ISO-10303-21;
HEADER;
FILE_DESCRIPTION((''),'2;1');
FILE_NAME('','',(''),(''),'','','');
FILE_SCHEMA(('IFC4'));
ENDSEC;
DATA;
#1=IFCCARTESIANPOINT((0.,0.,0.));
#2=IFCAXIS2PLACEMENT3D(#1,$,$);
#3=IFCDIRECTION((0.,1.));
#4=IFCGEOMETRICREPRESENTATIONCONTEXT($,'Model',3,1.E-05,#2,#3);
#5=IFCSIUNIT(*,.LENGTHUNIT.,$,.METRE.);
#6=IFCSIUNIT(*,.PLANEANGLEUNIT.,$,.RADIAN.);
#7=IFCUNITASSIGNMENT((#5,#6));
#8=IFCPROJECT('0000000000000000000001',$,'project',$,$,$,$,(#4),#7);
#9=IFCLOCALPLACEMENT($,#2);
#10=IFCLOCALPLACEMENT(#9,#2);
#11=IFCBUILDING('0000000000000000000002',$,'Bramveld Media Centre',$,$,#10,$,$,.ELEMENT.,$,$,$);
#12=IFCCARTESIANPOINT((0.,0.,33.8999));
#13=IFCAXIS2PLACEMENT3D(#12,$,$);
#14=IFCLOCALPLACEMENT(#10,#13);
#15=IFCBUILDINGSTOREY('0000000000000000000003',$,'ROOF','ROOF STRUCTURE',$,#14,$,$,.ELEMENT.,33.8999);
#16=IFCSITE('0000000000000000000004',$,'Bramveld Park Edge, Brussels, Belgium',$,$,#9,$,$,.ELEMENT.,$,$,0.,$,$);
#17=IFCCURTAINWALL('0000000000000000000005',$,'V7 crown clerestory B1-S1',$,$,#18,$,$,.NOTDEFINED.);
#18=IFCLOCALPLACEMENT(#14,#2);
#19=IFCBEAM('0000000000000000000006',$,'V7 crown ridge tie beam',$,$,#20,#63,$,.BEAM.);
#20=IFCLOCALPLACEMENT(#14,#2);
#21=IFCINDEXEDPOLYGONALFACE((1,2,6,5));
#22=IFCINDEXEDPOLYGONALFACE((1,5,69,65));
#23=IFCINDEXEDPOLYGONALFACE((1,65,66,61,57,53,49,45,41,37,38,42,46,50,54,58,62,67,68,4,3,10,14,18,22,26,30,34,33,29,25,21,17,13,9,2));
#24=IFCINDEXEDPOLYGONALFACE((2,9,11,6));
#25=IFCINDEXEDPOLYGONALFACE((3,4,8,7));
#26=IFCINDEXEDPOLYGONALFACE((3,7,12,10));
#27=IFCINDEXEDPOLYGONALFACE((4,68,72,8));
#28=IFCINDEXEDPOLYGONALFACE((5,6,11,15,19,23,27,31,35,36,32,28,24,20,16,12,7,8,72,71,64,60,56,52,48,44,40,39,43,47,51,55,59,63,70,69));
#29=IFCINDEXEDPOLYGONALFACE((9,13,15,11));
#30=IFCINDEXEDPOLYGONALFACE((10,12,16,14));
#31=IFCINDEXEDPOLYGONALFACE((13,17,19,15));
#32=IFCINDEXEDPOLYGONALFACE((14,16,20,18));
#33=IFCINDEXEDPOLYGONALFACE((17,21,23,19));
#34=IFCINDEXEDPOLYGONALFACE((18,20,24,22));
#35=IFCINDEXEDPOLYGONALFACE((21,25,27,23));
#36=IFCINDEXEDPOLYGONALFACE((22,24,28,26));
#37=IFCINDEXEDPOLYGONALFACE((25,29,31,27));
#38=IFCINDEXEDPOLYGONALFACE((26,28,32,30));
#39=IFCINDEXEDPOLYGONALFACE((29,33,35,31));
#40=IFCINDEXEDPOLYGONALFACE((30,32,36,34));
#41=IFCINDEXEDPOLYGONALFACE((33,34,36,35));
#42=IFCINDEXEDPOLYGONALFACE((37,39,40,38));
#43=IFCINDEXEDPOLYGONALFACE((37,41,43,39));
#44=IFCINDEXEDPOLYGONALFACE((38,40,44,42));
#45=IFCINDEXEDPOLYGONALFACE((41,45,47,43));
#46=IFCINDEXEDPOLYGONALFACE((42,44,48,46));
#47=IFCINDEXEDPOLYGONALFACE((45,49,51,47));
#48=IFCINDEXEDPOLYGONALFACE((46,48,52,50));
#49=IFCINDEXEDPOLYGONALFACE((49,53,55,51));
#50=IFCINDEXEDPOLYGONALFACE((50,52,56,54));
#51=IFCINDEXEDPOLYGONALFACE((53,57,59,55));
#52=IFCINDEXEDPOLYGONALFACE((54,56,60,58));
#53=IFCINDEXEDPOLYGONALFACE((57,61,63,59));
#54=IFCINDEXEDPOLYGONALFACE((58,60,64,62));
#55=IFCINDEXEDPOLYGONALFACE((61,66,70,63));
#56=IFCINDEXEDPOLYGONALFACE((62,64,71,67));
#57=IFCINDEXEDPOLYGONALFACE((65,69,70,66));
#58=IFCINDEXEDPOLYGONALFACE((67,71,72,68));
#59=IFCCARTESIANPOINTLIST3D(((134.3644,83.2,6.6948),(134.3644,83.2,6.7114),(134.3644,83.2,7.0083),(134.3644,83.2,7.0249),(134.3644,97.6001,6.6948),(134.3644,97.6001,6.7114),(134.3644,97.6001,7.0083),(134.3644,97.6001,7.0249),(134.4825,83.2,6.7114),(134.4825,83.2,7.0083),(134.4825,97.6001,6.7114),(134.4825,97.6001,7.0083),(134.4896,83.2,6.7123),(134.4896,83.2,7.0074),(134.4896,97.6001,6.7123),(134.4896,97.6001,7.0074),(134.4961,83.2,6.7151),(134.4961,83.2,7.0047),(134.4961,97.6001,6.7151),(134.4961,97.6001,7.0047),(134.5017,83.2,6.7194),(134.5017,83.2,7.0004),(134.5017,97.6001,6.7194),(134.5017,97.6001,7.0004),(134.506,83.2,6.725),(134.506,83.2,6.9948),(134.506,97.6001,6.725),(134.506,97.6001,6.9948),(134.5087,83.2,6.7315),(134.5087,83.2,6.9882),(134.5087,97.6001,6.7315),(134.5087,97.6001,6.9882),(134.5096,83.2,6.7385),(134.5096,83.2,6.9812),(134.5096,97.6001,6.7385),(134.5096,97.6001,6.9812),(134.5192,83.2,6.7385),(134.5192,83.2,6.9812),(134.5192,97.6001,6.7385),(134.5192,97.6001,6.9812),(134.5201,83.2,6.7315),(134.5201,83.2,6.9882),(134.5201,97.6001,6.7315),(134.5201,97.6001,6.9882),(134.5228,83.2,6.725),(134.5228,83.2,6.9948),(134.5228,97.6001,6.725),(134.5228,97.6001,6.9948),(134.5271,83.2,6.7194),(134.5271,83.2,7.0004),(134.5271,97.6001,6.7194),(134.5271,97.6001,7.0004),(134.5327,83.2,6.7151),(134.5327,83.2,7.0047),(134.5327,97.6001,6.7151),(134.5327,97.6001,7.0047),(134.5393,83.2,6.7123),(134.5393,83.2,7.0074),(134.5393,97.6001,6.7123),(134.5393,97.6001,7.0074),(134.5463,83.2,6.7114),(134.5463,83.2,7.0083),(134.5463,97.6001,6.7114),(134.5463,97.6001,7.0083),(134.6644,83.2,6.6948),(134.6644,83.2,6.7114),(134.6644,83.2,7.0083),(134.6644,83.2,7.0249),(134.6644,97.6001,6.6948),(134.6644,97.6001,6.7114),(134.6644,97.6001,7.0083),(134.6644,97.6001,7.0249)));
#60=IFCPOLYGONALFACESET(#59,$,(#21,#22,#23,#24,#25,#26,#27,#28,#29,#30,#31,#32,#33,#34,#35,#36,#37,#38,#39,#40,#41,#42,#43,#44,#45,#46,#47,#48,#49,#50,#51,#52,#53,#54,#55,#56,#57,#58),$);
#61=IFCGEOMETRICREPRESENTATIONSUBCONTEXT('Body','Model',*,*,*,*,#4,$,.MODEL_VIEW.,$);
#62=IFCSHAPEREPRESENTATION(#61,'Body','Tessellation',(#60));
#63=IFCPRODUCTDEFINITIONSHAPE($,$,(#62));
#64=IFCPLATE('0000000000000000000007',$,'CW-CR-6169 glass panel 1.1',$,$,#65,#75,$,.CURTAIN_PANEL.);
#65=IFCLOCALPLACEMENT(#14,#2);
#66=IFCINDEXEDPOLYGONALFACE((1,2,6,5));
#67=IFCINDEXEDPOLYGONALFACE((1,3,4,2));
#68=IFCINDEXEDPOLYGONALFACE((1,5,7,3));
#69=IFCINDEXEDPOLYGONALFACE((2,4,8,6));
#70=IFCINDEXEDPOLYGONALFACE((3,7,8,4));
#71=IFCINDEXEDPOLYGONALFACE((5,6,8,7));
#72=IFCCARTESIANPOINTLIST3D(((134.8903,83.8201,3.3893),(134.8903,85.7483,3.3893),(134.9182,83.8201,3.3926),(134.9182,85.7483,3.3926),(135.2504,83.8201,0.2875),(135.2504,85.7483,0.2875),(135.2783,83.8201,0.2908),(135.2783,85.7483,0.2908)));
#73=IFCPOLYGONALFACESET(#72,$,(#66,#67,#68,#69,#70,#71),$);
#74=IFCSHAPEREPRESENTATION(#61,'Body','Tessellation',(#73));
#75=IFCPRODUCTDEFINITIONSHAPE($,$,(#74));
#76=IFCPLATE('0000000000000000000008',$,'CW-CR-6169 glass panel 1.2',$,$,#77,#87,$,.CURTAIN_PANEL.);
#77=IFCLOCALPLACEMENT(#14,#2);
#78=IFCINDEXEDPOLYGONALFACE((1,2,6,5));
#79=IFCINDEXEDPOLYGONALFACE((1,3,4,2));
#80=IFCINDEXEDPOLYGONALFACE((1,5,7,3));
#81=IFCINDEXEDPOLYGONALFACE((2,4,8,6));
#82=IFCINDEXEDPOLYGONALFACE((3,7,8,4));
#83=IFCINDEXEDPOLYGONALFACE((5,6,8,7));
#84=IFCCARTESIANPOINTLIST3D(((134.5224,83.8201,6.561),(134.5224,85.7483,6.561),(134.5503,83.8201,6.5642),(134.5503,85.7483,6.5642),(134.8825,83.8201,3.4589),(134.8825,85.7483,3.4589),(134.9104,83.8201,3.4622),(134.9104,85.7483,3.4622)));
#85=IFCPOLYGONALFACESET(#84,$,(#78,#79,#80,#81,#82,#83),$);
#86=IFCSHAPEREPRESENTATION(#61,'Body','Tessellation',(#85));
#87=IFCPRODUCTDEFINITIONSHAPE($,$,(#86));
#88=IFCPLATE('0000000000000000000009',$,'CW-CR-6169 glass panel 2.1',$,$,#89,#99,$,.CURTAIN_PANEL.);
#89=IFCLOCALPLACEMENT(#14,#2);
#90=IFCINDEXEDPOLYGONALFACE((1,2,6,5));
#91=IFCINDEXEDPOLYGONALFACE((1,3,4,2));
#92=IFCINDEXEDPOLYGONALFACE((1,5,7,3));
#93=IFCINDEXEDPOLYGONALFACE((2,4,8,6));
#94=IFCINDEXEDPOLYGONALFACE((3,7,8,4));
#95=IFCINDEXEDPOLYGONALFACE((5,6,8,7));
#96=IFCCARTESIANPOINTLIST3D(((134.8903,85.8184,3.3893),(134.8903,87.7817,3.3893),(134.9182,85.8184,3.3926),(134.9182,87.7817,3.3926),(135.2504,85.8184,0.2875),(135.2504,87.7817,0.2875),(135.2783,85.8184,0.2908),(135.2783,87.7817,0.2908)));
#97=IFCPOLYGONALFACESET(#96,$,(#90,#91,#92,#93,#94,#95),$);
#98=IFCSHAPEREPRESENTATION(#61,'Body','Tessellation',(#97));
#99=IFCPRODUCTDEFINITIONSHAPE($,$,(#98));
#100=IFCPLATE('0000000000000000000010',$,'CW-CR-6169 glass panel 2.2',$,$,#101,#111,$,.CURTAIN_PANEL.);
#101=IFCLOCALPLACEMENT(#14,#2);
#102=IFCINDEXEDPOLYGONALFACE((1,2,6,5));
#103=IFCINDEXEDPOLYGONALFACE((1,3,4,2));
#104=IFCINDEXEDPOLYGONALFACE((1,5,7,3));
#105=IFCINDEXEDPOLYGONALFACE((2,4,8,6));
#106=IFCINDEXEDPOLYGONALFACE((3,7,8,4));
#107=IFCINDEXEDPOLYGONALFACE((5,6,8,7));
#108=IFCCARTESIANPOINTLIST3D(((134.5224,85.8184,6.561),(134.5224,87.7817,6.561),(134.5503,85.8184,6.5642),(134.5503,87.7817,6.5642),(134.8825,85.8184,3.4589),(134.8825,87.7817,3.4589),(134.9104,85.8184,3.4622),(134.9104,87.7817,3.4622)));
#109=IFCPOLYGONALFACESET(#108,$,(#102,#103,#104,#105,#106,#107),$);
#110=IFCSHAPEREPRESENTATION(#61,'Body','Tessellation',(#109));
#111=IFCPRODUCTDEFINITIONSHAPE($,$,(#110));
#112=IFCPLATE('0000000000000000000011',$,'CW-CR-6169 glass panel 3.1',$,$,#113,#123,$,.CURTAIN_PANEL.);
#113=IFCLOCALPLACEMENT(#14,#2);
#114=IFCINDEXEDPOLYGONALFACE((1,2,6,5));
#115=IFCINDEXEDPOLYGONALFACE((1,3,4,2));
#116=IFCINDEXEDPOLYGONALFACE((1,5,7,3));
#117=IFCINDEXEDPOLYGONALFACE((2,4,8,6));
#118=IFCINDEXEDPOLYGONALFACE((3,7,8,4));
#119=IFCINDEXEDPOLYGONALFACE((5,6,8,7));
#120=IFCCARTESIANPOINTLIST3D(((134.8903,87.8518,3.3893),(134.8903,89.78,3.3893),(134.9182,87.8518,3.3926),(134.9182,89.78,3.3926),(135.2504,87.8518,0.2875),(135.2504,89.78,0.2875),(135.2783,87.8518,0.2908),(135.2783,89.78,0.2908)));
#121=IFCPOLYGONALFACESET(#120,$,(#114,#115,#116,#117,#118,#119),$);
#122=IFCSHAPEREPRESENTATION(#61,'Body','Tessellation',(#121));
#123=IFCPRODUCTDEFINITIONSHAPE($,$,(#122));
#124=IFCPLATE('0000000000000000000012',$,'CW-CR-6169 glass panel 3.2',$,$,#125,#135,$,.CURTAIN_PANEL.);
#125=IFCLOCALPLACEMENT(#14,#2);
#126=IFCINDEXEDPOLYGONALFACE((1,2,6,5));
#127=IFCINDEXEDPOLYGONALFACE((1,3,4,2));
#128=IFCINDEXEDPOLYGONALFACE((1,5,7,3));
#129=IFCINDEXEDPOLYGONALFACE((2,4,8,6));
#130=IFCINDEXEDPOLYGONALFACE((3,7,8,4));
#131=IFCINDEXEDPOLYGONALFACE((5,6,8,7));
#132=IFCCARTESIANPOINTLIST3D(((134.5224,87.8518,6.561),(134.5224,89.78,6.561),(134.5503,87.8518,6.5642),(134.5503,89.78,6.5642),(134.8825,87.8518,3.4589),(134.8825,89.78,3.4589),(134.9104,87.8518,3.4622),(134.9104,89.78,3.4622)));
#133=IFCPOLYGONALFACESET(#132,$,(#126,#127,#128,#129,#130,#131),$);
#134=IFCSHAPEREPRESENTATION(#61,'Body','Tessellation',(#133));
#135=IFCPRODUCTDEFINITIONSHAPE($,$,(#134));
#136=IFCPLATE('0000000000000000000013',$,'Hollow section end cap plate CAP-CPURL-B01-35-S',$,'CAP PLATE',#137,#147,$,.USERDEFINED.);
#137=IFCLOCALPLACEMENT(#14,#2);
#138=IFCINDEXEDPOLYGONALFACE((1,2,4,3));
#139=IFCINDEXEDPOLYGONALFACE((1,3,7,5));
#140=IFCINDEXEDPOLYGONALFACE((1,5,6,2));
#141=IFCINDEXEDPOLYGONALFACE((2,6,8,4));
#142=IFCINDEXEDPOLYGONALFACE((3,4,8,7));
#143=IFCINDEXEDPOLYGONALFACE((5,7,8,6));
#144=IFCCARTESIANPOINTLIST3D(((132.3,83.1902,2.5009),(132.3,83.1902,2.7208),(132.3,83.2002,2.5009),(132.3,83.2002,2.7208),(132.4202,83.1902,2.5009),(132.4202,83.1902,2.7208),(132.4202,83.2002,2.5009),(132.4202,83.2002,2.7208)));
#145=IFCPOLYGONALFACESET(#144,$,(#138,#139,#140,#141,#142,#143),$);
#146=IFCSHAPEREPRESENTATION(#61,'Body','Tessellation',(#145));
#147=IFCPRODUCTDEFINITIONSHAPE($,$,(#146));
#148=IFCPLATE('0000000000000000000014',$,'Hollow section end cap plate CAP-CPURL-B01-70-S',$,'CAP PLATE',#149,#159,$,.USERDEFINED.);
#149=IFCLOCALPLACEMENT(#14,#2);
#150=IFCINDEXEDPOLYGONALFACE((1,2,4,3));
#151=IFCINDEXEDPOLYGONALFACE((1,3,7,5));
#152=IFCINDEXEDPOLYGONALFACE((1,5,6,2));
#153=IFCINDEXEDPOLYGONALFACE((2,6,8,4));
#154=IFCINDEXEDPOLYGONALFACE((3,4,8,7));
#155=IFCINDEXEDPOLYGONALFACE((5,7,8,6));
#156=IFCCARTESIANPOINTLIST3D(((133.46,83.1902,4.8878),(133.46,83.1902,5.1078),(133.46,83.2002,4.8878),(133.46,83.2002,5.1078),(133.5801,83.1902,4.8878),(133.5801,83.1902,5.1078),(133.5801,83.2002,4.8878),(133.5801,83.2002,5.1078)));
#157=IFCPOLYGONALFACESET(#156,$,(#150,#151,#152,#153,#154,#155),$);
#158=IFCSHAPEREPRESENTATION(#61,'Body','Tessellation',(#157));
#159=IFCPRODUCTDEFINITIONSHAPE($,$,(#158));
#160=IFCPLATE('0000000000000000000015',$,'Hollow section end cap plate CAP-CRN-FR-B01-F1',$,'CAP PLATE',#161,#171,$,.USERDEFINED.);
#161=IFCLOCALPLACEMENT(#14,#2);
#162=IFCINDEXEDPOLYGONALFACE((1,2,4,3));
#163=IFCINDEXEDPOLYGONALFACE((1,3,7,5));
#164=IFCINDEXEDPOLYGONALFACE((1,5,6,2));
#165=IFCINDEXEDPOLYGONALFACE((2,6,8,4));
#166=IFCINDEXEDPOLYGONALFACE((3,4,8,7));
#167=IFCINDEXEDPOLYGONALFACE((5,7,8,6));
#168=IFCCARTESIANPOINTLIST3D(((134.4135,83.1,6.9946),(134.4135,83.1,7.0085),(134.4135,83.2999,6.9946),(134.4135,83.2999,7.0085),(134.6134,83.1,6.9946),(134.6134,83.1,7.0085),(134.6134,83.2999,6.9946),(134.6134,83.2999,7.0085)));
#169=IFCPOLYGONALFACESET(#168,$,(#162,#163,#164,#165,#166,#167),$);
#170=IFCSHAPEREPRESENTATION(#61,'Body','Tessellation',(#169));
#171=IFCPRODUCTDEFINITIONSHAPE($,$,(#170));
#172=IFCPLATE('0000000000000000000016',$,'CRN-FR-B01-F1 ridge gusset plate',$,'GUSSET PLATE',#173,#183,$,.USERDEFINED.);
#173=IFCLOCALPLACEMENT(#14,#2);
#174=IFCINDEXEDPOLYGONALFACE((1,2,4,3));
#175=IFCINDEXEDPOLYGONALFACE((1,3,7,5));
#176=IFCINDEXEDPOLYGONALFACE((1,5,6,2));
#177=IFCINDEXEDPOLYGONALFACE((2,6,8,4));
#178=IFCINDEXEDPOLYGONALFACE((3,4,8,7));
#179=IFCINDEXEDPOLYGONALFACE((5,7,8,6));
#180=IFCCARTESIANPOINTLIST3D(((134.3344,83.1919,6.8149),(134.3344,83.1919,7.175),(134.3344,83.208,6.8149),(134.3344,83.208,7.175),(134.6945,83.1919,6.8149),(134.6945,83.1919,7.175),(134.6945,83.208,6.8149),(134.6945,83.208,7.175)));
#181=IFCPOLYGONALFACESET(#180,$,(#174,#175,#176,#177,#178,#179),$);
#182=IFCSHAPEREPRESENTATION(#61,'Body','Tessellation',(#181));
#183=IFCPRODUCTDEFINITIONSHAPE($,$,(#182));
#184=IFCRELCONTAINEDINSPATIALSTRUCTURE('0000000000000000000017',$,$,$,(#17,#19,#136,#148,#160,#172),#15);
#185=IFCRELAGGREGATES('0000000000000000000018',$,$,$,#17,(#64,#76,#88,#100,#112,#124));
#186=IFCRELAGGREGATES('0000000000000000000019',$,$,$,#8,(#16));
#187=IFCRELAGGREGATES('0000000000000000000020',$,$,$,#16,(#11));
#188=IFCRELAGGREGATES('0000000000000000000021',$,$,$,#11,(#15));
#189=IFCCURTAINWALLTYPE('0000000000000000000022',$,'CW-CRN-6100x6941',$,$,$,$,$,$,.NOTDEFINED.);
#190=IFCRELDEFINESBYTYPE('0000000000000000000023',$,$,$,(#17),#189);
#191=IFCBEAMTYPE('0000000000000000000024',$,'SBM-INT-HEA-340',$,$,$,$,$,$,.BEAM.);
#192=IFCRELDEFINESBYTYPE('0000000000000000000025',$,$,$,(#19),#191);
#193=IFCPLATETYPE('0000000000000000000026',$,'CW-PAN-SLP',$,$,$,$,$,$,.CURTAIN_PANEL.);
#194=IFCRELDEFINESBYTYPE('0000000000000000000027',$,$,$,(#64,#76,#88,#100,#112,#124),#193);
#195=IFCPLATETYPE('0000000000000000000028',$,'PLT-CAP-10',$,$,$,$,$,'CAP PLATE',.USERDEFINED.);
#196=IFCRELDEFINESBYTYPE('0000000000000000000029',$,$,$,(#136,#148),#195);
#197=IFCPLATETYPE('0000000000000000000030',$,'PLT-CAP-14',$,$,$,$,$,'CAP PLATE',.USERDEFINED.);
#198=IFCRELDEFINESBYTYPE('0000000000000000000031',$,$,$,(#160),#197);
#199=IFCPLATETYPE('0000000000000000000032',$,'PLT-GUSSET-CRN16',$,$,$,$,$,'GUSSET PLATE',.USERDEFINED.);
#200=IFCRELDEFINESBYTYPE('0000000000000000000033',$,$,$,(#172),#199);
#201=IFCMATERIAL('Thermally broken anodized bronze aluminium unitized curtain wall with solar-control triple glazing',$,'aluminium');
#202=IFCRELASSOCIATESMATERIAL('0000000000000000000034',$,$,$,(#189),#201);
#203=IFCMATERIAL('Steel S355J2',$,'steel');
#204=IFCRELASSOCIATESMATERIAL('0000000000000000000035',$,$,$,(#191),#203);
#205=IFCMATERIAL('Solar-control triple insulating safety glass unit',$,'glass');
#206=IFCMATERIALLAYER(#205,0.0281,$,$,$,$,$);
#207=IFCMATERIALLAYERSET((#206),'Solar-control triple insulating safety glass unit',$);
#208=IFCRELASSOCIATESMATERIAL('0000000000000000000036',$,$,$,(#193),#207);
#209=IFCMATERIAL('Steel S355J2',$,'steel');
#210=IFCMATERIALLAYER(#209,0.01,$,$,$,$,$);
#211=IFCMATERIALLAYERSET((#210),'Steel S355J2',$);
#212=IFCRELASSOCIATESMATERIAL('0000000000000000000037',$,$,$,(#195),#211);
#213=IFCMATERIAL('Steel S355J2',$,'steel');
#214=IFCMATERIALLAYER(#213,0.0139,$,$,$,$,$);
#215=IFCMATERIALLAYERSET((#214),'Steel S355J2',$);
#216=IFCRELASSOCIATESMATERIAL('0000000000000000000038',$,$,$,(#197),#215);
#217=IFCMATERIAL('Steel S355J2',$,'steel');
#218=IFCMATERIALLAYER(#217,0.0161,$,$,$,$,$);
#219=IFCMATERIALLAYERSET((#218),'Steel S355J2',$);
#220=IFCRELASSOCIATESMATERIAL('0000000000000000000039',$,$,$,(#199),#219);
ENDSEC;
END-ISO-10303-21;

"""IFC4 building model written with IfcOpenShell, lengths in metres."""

from ifc_helpers import new_model, si_unit, direction, frame, origin, origin_2d, place, context, subcontext, project, spatial, polyline, rectangle, i_section, outline, extrude, material, layer, layer_set, material_profile, profile_set, type_object, element, aggregate, save


model = new_model("IFC4")

# Units and contexts
model_context = context("Model", 3, precision=1e-05, world=origin(), true_north=direction((0.0, 1.0)))
body_context = subcontext(model_context, "Body", "Model", "MODEL_VIEW")
ifc_project = project(units=[si_unit("LENGTHUNIT", "METRE"), si_unit("PLANEANGLEUNIT", "RADIAN")], contexts=[model_context])

# Site, building, storey
site_placement = place(None, origin())
site = spatial("IfcSite", under=ifc_project, at=site_placement, Name="Bramveld Park Edge, Brussels, Belgium", CompositionType="ELEMENT", RefElevation=0.0)
building_placement = place(site_placement, origin())
building = spatial("IfcBuilding", under=site, at=building_placement, Name="Bramveld Media Centre", CompositionType="ELEMENT")
storey_placement = place(building_placement, frame((0.0, 0.0, 33.8999)))
storey = spatial("IfcBuildingStorey", under=building, at=storey_placement, Name="ROOF", Description="ROOF STRUCTURE", CompositionType="ELEMENT", Elevation=33.8999)

# Curtain wall
ifc_material_1 = material(Name="Thermally broken anodized bronze aluminium unitized curtain wall with solar-control triple glazing", Category="aluminium")
curtain_wall_type = type_object("IfcCurtainWallType", Name="CW-CRN-6100x6941", PredefinedType="NOTDEFINED", material=ifc_material_1)
curtain_wall_placement = place(storey_placement, origin())
curtain_wall = element("IfcCurtainWall", 1, at=curtain_wall_placement, inside=storey, type_object=curtain_wall_type, Name="V7 crown clerestory B1-S1", PredefinedType="NOTDEFINED")

# Beam
ifc_material_2 = material(Name="Steel S355J2", Category="steel")
ifc_material_profile_1 = material_profile(ifc_material_2, i_section(OverallWidth=0.3, OverallDepth=0.3301, WebThickness=0.0095, FlangeThickness=0.0166, FilletRadius=0.0271, at=origin_2d()), Name="HEA 340")
ifc_profile_set_1 = profile_set([ifc_material_profile_1], Name="Steel S355J2")
beam_type = type_object("IfcBeamType", Name="SBM-INT-HEA-340", PredefinedType="BEAM", material=ifc_profile_set_1)
beam_placement = place(storey_placement, frame((134.5144, 83.2, 6.8599), z_axis=(0.0, 1.0, 0.0), x_axis=(-1.0, 0.0, 0.0)))
element("IfcBeam", 2, at=beam_placement, inside=storey, type_object=beam_type, Name="V7 crown ridge tie beam", PredefinedType="BEAM", context=body_context, shape_type="SweptSolid", body=[
    extrude(i_section(OverallWidth=0.3, OverallDepth=0.3301, WebThickness=0.0095, FlangeThickness=0.0166, FilletRadius=0.0271, at=origin_2d()), origin(), (0.0, 0.0, 1.0), 14.4001),
])

# Plates
ifc_material_3 = material(Name="Solar-control triple insulating safety glass unit", Category="glass")
ifc_layer_1 = layer(ifc_material_3, 0.0281)
ifc_layer_set_1 = layer_set([ifc_layer_1], Name="Solar-control triple insulating safety glass unit")
plate_type_1 = type_object("IfcPlateType", Name="CW-PAN-SLP", PredefinedType="CURTAIN_PANEL", material=ifc_layer_set_1)
plate_1_placement = place(storey_placement, frame((135.2783, 83.8201, 0.2908), z_axis=(0.993328, 0.0, 0.115321), x_axis=(0.0, 1.0, 0.0)))
plate_1 = element("IfcPlate", 3, at=plate_1_placement, type_object=plate_type_1, Name="CW-CR-6169 glass panel 1.1", PredefinedType="CURTAIN_PANEL", context=body_context, shape_type="SweptSolid", body=[
    extrude(outline(polyline([(0.0, 0.0), (1.9282, 0.0), (1.9282, 3.1226), (0.0, 3.1226), (0.0, 0.0)])), origin(), (0.0, 0.0, -1.0), 0.0281),
])
plate_2_placement = place(storey_placement, frame((134.9104, 83.8201, 3.4622), z_axis=(0.993329, 0.0, 0.115313), x_axis=(0.0, 1.0, 0.0)))
plate_2 = element("IfcPlate", 4, at=plate_2_placement, type_object=plate_type_1, Name="CW-CR-6169 glass panel 1.2", PredefinedType="CURTAIN_PANEL", context=body_context, shape_type="SweptSolid", body=[
    extrude(outline(polyline([(0.0, 0.0), (1.9282, 0.0), (1.9282, 3.1229), (0.0, 3.1229), (0.0, 0.0)])), origin(), (0.0, 0.0, -1.0), 0.0281),
])
plate_3_placement = place(storey_placement, frame((135.2783, 85.8184, 0.2908), z_axis=(0.993328, 0.0, 0.115321), x_axis=(0.0, 1.0, 0.0)))
plate_3 = element("IfcPlate", 5, at=plate_3_placement, type_object=plate_type_1, Name="CW-CR-6169 glass panel 2.1", PredefinedType="CURTAIN_PANEL", context=body_context, shape_type="SweptSolid", body=[
    extrude(outline(polyline([(0.0, 0.0), (1.9634, 0.0), (1.9634, 3.1226), (0.0, 3.1226), (0.0, 0.0)])), origin(), (0.0, 0.0, -1.0), 0.0281),
])
plate_4_placement = place(storey_placement, frame((134.9104, 85.8184, 3.4622), z_axis=(0.993329, 0.0, 0.115313), x_axis=(0.0, 1.0, 0.0)))
plate_4 = element("IfcPlate", 6, at=plate_4_placement, type_object=plate_type_1, Name="CW-CR-6169 glass panel 2.2", PredefinedType="CURTAIN_PANEL", context=body_context, shape_type="SweptSolid", body=[
    extrude(outline(polyline([(0.0, 0.0), (1.9634, 0.0), (1.9634, 3.1229), (0.0, 3.1229), (0.0, 0.0)])), origin(), (0.0, 0.0, -1.0), 0.0281),
])
plate_5_placement = place(storey_placement, frame((135.2783, 87.8518, 0.2908), z_axis=(0.993328, 0.0, 0.115321), x_axis=(0.0, 1.0, 0.0)))
plate_5 = element("IfcPlate", 7, at=plate_5_placement, type_object=plate_type_1, Name="CW-CR-6169 glass panel 3.1", PredefinedType="CURTAIN_PANEL", context=body_context, shape_type="SweptSolid", body=[
    extrude(outline(polyline([(0.0, 0.0), (1.9282, 0.0), (1.9282, 3.1226), (0.0, 3.1226), (0.0, 0.0)])), origin(), (0.0, 0.0, -1.0), 0.0281),
])
plate_6_placement = place(storey_placement, frame((134.9104, 87.8518, 3.4622), z_axis=(0.993329, 0.0, 0.115313), x_axis=(0.0, 1.0, 0.0)))
plate_6 = element("IfcPlate", 8, at=plate_6_placement, type_object=plate_type_1, Name="CW-CR-6169 glass panel 3.2", PredefinedType="CURTAIN_PANEL", context=body_context, shape_type="SweptSolid", body=[
    extrude(outline(polyline([(0.0, 0.0), (1.9282, 0.0), (1.9282, 3.1229), (0.0, 3.1229), (0.0, 0.0)])), origin(), (0.0, 0.0, -1.0), 0.0281),
])
aggregate(curtain_wall, [plate_1, plate_2, plate_3, plate_4, plate_5, plate_6])

# Plates
ifc_material_4 = material(Name="Steel S355J2", Category="steel")
ifc_layer_2 = layer(ifc_material_4, 0.01)
ifc_layer_set_2 = layer_set([ifc_layer_2], Name="Steel S355J2")
plate_type_2 = type_object("IfcPlateType", Name="PLT-CAP-10", ElementType="CAP PLATE", PredefinedType="USERDEFINED", material=ifc_layer_set_2)
for number, where, z_axis, x_axis, name in (
    (9, (132.3601, 83.2002, 2.6108), (0.0, -1.0, 0.0), (1.0, 0.0, 0.0), "Hollow section end cap plate CAP-CPURL-B01-35-S"),
    (10, (133.52, 83.2002, 4.9978), (0.0, -1.0, 0.0), (1.0, 0.0, 0.0), "Hollow section end cap plate CAP-CPURL-B01-70-S"),
):
    element("IfcPlate", number, at=place(storey_placement, frame(where, z_axis=z_axis, x_axis=x_axis)), inside=storey, type_object=plate_type_2, Name=name, ObjectType="CAP PLATE", PredefinedType="USERDEFINED", context=body_context, shape_type="SweptSolid", body=[
        extrude(rectangle(XDim=0.1201, YDim=0.22, at=origin_2d()), origin(), (0.0, 0.0, 1.0), 0.01),
    ])
ifc_material_5 = material(Name="Steel S355J2", Category="steel")
ifc_layer_3 = layer(ifc_material_5, 0.0139)
ifc_layer_set_3 = layer_set([ifc_layer_3], Name="Steel S355J2")
plate_type_3 = type_object("IfcPlateType", Name="PLT-CAP-14", ElementType="CAP PLATE", PredefinedType="USERDEFINED", material=ifc_layer_set_3)
plate_7_placement = place(storey_placement, frame((134.5134, 83.2, 6.9946), z_axis=(0.0, 0.0, 1.0), x_axis=(1.0, 0.0, 0.0)))
element("IfcPlate", 11, at=plate_7_placement, inside=storey, type_object=plate_type_3, Name="Hollow section end cap plate CAP-CRN-FR-B01-F1", ObjectType="CAP PLATE", PredefinedType="USERDEFINED", context=body_context, shape_type="SweptSolid", body=[
    extrude(rectangle(XDim=0.2, YDim=0.2, at=origin_2d()), origin(), (0.0, 0.0, 1.0), 0.0139),
])
ifc_material_6 = material(Name="Steel S355J2", Category="steel")
ifc_layer_4 = layer(ifc_material_6, 0.0161)
ifc_layer_set_4 = layer_set([ifc_layer_4], Name="Steel S355J2")
plate_type_4 = type_object("IfcPlateType", Name="PLT-GUSSET-CRN16", ElementType="GUSSET PLATE", PredefinedType="USERDEFINED", material=ifc_layer_set_4)
plate_8_placement = place(storey_placement, frame((134.5144, 83.2, 6.8149), z_axis=(0.0, 0.0, 1.0), x_axis=(1.0, 0.0, 0.0)))
element("IfcPlate", 12, at=plate_8_placement, inside=storey, type_object=plate_type_4, Name="CRN-FR-B01-F1 ridge gusset plate", ObjectType="GUSSET PLATE", PredefinedType="USERDEFINED", context=body_context, shape_type="SweptSolid", body=[
    extrude(rectangle(XDim=0.3601, YDim=0.0161, at=origin_2d()), origin(), (0.0, 0.0, 1.0), 0.3601),
])

save(model, "model.ifc")
